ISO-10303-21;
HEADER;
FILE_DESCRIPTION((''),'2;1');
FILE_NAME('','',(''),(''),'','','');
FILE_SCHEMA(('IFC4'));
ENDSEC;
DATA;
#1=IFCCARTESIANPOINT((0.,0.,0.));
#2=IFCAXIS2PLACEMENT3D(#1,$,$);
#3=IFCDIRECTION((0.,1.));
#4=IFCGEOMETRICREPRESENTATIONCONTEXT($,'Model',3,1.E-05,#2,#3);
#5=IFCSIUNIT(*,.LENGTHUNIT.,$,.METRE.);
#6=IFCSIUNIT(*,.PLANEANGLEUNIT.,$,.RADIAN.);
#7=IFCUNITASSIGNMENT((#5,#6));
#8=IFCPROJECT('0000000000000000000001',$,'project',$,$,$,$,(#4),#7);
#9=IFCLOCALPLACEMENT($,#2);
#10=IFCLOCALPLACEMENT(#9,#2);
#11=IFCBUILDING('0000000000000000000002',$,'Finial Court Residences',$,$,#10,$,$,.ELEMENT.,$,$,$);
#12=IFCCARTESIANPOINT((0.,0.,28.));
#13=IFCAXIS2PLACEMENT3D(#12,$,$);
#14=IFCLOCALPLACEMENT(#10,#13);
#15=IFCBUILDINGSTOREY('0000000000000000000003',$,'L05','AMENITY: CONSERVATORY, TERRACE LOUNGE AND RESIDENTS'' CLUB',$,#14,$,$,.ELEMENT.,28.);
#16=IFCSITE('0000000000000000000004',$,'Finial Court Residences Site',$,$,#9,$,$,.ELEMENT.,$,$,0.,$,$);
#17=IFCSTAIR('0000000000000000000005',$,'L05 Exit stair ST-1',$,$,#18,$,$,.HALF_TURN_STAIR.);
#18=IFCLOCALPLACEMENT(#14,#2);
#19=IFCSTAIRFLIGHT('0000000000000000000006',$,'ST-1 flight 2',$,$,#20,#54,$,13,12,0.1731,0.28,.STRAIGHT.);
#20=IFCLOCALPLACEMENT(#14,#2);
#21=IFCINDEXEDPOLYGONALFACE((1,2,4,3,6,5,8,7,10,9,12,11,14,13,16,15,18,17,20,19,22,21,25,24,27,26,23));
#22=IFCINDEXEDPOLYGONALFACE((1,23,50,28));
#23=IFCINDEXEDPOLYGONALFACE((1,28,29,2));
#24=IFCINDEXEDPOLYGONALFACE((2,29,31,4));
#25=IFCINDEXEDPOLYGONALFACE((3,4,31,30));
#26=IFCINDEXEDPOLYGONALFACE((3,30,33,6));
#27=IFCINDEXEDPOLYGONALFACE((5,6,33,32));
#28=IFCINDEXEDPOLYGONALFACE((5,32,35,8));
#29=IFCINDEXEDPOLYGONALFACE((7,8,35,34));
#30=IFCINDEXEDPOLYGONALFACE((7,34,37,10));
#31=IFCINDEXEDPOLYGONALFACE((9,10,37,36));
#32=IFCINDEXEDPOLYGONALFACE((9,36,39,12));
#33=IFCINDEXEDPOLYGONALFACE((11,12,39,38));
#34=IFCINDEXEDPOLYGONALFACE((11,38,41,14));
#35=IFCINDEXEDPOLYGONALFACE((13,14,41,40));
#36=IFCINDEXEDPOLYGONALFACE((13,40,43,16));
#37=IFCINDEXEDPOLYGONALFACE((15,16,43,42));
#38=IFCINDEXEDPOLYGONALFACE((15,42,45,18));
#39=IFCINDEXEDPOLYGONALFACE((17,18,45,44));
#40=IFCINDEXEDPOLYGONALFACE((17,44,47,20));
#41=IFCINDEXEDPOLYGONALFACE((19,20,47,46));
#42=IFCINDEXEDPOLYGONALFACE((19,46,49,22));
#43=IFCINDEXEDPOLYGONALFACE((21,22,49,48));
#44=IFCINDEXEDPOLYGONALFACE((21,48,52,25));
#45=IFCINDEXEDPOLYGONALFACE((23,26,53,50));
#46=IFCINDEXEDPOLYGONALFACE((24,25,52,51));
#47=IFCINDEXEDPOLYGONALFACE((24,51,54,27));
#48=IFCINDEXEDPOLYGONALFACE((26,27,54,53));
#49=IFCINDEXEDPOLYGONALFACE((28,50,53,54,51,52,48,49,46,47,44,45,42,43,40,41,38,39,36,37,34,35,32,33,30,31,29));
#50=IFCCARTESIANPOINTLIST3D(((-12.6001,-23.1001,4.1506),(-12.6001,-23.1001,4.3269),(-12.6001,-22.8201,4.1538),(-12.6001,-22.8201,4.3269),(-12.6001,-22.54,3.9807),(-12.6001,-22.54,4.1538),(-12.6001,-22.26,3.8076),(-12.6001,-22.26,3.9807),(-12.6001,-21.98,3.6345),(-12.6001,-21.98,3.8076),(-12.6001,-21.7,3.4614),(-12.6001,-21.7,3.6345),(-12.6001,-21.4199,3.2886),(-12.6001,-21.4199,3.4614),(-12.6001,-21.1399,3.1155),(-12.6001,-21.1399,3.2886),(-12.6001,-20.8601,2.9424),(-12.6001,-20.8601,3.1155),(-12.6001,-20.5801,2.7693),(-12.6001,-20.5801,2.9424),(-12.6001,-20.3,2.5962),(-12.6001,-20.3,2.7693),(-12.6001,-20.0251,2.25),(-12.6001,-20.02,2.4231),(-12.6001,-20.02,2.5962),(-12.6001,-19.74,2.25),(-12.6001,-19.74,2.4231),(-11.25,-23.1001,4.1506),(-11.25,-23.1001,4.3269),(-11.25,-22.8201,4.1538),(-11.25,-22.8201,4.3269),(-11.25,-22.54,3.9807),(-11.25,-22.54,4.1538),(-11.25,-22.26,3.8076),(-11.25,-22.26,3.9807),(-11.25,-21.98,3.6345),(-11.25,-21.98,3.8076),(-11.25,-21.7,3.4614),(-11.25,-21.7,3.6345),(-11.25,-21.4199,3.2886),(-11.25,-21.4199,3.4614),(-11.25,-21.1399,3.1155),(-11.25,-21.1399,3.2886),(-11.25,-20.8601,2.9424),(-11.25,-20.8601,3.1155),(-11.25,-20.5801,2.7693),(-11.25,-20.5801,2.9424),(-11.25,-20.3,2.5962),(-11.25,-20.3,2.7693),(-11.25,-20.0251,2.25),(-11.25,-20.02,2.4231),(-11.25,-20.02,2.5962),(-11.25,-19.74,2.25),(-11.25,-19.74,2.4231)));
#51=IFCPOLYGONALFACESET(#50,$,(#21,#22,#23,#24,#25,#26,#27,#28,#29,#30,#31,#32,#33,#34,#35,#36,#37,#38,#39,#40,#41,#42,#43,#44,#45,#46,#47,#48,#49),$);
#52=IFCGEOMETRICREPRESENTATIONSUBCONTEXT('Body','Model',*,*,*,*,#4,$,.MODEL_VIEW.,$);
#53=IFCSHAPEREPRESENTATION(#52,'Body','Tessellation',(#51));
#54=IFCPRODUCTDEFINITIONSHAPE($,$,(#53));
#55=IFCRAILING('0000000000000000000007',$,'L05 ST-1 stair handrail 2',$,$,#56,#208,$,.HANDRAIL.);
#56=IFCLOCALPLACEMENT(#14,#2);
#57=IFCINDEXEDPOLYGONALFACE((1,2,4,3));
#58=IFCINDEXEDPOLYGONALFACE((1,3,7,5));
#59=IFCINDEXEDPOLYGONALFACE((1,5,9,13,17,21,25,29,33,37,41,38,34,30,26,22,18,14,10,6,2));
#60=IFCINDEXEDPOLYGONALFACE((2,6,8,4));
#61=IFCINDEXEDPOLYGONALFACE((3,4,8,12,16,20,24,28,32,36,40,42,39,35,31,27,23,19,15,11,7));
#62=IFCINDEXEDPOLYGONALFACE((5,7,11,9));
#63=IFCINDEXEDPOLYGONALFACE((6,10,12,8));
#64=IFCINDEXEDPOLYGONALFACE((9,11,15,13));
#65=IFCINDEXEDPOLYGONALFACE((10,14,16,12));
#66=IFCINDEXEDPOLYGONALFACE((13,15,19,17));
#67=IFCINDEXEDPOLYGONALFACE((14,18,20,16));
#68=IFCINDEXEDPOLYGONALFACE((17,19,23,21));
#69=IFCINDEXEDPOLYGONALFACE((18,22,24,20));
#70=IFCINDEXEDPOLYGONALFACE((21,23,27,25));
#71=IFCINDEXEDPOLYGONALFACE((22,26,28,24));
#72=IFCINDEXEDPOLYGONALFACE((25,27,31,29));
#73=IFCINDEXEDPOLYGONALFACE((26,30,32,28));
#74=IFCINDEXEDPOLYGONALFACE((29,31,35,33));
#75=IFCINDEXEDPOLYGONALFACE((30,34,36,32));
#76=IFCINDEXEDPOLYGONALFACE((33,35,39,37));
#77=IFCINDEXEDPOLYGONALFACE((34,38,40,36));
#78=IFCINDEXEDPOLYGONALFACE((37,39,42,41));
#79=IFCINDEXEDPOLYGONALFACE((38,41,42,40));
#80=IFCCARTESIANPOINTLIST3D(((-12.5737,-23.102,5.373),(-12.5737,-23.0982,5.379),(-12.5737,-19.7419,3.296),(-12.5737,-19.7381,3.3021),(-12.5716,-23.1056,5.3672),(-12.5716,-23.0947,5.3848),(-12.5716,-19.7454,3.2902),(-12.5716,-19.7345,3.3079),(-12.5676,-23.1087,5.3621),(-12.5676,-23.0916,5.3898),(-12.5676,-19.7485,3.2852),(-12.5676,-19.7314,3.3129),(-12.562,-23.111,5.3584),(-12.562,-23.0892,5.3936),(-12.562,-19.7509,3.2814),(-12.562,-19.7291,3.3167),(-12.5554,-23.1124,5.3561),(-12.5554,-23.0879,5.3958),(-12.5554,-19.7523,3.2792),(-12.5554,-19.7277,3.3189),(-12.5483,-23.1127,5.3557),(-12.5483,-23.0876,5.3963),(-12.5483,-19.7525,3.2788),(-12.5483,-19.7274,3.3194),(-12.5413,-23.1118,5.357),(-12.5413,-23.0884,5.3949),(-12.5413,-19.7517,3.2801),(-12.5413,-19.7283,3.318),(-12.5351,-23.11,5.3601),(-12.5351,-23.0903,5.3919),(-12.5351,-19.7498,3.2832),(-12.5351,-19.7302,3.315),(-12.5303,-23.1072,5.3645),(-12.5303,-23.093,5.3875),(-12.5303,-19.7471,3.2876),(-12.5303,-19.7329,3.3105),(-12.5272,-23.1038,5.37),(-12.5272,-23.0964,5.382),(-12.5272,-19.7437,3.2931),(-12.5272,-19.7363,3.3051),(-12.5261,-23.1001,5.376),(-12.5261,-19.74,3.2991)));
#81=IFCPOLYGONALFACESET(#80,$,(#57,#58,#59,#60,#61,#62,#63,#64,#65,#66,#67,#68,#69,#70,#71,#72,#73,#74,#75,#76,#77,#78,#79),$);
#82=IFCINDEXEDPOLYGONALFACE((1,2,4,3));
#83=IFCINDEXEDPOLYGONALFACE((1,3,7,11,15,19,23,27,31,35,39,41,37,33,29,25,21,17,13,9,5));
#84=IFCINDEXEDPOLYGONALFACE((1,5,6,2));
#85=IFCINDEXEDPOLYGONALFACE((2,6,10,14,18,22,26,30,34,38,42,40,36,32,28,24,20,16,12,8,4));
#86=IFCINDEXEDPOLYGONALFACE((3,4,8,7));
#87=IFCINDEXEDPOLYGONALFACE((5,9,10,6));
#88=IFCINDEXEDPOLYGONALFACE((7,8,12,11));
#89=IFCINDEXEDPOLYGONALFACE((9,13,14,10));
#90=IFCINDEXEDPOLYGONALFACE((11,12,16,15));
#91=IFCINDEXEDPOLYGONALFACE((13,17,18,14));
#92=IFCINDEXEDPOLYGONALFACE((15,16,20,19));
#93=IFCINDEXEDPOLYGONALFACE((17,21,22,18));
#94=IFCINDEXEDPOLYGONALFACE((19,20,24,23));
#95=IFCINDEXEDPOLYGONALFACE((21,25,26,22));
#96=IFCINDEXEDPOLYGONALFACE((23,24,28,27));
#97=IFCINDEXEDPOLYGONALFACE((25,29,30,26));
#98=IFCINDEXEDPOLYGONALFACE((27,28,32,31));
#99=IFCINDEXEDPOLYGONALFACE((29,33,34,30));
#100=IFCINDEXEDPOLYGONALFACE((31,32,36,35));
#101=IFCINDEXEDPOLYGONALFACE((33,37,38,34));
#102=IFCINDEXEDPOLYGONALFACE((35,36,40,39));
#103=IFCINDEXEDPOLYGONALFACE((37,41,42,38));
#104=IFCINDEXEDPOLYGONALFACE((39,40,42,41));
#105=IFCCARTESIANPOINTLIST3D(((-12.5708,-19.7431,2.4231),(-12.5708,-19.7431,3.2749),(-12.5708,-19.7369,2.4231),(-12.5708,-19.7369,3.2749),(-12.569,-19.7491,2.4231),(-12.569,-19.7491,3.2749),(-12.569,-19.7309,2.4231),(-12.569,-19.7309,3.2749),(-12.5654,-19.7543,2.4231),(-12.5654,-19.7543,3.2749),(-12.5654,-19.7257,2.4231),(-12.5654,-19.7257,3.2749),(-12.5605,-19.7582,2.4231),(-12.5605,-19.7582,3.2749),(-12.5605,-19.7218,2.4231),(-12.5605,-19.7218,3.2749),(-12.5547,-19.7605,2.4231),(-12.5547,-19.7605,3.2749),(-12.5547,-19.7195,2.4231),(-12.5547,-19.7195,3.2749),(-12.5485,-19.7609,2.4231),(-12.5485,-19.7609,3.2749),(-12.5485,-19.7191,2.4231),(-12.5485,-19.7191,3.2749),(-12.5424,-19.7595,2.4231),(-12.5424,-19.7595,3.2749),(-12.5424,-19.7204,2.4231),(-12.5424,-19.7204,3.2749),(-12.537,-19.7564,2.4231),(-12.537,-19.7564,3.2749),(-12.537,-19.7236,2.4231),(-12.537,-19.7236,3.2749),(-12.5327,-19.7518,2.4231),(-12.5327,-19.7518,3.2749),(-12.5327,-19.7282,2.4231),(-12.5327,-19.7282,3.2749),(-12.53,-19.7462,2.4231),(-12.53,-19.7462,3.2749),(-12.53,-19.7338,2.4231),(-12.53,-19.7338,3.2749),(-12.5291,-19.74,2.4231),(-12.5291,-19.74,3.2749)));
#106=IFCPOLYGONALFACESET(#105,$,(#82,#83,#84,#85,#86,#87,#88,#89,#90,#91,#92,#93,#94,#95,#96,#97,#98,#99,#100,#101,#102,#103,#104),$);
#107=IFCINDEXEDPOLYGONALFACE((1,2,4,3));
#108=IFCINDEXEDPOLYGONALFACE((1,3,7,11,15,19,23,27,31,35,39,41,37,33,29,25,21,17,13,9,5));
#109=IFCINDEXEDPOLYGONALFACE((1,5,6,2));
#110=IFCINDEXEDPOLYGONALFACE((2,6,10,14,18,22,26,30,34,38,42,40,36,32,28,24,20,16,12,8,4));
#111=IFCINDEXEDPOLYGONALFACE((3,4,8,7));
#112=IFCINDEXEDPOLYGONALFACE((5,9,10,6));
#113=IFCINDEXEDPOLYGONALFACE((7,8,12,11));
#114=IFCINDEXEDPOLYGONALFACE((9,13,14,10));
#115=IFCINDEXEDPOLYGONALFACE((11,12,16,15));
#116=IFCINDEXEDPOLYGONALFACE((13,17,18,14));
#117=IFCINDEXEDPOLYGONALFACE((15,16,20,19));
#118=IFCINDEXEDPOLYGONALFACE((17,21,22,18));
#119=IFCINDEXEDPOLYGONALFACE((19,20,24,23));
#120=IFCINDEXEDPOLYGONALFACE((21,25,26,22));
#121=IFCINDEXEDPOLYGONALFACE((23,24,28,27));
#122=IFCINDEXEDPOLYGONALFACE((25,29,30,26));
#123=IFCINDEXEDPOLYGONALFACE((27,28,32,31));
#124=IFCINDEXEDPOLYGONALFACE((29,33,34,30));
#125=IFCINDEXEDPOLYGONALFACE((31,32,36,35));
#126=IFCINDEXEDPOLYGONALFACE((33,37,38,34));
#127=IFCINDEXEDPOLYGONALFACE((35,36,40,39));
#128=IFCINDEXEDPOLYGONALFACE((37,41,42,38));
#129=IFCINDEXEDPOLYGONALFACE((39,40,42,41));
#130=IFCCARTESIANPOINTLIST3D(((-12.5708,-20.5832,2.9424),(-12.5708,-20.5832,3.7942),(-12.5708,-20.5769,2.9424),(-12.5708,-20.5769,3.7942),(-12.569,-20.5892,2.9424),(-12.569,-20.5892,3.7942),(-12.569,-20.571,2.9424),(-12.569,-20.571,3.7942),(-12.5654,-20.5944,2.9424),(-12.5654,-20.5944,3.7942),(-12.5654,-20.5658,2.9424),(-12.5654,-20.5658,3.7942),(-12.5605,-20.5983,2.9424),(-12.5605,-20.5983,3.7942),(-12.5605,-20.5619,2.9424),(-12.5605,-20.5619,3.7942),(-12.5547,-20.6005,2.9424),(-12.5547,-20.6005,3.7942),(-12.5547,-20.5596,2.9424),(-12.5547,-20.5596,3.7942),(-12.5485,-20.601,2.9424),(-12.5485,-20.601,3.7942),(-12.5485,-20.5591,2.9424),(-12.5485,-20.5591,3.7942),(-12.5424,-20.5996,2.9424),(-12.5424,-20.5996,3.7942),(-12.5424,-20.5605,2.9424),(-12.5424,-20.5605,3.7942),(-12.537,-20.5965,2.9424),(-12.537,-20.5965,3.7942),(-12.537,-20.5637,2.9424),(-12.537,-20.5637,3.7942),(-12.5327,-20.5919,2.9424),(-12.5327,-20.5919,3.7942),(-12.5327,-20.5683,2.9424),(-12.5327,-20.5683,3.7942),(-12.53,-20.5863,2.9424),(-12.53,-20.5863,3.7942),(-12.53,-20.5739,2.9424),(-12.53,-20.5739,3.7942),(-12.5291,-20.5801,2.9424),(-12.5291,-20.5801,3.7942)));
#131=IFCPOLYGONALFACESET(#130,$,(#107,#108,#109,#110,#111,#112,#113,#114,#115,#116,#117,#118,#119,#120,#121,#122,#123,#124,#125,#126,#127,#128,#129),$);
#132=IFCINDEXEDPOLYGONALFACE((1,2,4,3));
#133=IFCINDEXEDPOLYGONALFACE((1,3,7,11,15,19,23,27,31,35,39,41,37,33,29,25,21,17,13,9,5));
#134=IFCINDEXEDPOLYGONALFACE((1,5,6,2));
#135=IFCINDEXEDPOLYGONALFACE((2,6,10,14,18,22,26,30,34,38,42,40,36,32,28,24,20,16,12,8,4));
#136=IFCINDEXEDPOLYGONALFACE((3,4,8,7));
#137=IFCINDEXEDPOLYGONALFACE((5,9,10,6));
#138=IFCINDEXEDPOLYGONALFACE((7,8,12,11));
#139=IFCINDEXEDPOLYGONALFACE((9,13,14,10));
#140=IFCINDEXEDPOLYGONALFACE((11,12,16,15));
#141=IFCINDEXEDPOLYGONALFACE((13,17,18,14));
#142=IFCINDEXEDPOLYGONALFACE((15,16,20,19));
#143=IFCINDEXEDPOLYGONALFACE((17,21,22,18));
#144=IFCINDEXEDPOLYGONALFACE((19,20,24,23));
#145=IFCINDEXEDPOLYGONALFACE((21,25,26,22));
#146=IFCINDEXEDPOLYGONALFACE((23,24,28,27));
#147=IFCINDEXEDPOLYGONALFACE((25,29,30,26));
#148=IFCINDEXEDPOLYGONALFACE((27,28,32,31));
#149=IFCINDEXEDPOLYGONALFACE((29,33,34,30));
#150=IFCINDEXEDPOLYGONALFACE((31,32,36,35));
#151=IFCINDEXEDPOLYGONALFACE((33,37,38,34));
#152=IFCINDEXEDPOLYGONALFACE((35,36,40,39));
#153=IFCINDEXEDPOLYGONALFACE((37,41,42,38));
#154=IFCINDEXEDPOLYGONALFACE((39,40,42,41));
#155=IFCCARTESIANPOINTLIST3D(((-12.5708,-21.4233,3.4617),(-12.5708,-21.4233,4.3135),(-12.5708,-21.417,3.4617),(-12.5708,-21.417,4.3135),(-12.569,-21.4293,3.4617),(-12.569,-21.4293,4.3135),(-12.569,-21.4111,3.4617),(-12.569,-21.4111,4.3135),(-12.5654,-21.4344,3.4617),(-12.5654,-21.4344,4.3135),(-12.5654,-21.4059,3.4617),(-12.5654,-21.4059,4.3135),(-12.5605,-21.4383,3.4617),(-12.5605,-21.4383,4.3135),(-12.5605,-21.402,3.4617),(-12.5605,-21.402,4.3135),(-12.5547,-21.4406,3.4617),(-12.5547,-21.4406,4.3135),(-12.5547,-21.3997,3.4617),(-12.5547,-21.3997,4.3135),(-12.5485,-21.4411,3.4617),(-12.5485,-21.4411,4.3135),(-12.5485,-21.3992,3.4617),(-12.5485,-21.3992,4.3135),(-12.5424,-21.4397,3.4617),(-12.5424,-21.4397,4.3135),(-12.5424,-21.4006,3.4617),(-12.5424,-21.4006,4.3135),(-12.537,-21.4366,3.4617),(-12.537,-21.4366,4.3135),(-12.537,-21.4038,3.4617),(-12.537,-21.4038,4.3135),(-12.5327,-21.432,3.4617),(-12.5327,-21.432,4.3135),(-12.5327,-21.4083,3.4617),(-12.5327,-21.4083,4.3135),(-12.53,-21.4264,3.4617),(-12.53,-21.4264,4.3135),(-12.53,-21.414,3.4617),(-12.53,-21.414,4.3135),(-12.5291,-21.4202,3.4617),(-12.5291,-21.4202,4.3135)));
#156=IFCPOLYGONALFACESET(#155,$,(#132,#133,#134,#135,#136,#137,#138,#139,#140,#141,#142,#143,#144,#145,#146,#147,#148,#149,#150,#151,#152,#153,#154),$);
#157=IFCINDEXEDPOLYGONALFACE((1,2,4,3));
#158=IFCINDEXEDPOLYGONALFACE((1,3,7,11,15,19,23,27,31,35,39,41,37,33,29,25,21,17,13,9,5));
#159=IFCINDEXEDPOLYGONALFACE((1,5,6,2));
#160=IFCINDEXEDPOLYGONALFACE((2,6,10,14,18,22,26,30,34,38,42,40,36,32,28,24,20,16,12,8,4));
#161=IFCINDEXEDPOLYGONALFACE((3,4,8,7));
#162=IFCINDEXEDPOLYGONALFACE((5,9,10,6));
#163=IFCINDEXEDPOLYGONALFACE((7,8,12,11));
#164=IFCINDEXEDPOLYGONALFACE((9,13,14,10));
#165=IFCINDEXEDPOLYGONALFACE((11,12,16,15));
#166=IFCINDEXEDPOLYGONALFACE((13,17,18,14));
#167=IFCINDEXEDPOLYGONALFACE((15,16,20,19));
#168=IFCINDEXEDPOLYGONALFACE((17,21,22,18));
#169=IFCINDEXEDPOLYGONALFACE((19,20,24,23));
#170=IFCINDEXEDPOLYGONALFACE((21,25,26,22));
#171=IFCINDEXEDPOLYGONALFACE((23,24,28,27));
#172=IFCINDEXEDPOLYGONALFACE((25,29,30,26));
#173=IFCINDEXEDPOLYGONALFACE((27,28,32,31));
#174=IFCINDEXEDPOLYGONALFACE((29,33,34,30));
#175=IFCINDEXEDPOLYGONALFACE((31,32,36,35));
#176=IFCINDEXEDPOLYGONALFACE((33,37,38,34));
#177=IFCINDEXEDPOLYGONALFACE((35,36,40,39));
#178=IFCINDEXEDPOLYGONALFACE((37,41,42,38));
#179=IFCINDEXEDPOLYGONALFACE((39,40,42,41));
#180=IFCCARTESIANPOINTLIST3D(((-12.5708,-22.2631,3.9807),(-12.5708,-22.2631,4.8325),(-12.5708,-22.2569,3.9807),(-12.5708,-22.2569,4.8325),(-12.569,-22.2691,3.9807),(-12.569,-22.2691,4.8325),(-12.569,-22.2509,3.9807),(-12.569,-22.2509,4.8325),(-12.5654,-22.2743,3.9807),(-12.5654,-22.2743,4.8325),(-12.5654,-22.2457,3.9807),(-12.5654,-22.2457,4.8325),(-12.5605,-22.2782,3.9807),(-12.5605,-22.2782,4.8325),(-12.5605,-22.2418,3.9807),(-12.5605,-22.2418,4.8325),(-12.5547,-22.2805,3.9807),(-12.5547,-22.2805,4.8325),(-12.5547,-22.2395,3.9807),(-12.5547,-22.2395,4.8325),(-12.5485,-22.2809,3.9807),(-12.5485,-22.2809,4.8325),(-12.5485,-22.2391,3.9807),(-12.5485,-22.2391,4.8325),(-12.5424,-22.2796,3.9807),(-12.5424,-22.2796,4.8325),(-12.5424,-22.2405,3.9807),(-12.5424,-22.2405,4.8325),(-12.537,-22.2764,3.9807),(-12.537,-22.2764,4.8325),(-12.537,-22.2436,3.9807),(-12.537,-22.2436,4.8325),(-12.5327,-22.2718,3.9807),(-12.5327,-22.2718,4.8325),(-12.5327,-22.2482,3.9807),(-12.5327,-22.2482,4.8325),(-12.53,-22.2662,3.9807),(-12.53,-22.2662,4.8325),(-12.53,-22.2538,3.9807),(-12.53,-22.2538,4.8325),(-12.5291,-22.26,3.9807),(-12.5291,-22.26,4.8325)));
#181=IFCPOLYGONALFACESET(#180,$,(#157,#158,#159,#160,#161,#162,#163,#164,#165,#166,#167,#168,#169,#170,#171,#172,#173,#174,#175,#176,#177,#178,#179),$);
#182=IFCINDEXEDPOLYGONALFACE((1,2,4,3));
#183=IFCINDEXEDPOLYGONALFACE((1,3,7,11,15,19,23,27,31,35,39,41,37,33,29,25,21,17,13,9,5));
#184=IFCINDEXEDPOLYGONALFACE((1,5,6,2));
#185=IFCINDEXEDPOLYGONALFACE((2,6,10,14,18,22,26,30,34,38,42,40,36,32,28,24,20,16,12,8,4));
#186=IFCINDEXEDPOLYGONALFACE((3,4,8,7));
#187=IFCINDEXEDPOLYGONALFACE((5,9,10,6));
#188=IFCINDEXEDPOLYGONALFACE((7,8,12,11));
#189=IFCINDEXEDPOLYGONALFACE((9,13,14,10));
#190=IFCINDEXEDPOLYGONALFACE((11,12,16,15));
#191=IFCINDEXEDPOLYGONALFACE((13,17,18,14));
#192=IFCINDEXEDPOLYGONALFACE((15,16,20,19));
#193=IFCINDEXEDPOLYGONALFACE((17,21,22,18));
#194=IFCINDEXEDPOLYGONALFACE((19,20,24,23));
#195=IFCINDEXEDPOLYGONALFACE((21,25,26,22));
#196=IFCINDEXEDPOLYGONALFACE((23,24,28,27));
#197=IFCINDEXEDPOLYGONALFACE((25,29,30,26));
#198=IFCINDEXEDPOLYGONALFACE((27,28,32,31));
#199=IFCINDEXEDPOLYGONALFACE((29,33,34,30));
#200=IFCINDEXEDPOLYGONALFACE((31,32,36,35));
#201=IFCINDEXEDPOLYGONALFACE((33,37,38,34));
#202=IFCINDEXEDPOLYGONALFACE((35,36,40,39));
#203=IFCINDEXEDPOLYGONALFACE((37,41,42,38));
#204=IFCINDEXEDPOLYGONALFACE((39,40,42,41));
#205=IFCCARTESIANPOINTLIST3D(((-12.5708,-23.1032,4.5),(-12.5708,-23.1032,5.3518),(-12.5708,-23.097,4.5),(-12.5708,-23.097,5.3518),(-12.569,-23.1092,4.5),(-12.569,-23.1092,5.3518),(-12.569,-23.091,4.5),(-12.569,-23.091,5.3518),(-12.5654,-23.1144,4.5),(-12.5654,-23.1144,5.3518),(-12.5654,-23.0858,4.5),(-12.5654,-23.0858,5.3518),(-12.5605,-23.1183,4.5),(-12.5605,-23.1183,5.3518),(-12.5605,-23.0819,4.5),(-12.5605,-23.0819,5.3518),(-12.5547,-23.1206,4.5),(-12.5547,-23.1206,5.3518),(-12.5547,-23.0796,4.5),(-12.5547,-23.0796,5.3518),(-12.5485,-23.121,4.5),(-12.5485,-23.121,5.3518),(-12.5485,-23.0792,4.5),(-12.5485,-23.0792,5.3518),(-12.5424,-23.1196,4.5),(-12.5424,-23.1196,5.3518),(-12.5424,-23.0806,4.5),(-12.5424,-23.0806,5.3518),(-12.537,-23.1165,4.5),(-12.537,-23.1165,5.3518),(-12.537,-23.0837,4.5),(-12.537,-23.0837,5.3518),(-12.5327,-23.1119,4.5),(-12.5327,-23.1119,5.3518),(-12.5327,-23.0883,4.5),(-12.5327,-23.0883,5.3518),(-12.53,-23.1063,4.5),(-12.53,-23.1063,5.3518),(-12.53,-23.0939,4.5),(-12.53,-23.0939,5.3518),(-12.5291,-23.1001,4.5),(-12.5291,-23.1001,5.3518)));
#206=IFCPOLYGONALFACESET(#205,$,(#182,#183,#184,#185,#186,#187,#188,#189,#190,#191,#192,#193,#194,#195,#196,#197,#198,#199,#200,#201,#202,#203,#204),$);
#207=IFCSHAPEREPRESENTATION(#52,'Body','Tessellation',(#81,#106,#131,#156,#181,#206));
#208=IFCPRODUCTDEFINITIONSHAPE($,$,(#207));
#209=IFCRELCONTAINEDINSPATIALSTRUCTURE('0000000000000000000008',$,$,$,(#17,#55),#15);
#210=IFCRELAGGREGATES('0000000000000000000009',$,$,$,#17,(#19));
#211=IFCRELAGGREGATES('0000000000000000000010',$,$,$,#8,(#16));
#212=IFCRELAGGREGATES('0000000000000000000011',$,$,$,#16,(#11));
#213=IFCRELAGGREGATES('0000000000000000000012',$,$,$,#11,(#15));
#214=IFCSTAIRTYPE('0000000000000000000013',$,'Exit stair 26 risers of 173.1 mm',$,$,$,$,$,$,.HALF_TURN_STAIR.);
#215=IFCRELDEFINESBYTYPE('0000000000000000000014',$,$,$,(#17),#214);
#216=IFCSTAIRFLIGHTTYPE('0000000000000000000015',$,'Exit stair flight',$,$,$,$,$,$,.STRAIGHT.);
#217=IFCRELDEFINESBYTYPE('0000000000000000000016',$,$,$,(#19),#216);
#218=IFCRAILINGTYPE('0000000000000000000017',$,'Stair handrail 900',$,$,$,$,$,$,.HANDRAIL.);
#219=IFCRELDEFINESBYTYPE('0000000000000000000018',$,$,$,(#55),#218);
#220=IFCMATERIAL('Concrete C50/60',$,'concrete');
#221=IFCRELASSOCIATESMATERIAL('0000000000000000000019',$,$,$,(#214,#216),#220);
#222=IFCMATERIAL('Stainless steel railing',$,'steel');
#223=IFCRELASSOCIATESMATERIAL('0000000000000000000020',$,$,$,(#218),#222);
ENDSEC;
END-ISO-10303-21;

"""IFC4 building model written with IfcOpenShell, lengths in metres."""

from ifc_helpers import new_model, si_unit, direction, frame, origin, origin_2d, place, context, subcontext, project, spatial, polyline, circle, outline, extrude, material, type_object, element, aggregate, save


model = new_model("IFC4")

# Units and contexts
model_context = context("Model", 3, precision=1e-05, world=origin(), true_north=direction((0.0, 1.0)))
body_context = subcontext(model_context, "Body", "Model", "MODEL_VIEW")
ifc_project = project(units=[si_unit("LENGTHUNIT", "METRE"), si_unit("PLANEANGLEUNIT", "RADIAN")], contexts=[model_context])

# Site, building, storey
site_placement = place(None, origin())
site = spatial("IfcSite", under=ifc_project, at=site_placement, Name="Finial Court Residences Site", CompositionType="ELEMENT", RefElevation=0.0)
building_placement = place(site_placement, origin())
building = spatial("IfcBuilding", under=site, at=building_placement, Name="Finial Court Residences", CompositionType="ELEMENT")
storey_placement = place(building_placement, frame((0.0, 0.0, 28.0)))
storey = spatial("IfcBuildingStorey", under=building, at=storey_placement, Name="L05", Description="AMENITY: CONSERVATORY, TERRACE LOUNGE AND RESIDENTS' CLUB", CompositionType="ELEMENT", Elevation=28.0)

# Stair, stair flight
ifc_material_1 = material(Name="Concrete C50/60", Category="concrete")
stair_type = type_object("IfcStairType", Name="Exit stair 26 risers of 173.1 mm", PredefinedType="HALF_TURN_STAIR", material=ifc_material_1)
stair_placement = place(storey_placement, origin())
stair = element("IfcStair", 1, at=stair_placement, inside=storey, type_object=stair_type, Name="L05 Exit stair ST-1", PredefinedType="HALF_TURN_STAIR")
stair_flight_type = type_object("IfcStairFlightType", Name="Exit stair flight", PredefinedType="STRAIGHT", material=ifc_material_1)
stair_flight_placement = place(storey_placement, frame((-11.925, -19.74, 2.25), z_axis=(0.0, 0.0, 1.0), x_axis=(0.0, -1.0, 0.0)))
stair_flight = element("IfcStairFlight", 2, at=stair_flight_placement, type_object=stair_flight_type, Name="ST-1 flight 2", NumberOfRisers=13, NumberOfTreads=12, PredefinedType="STRAIGHT", RiserHeight=0.1731, TreadLength=0.28, context=body_context, shape_type="SweptSolid", body=[
    extrude(outline(polyline([(0.0, 0.0), (0.0, 0.1731), (0.28, 0.1731), (0.28, 0.3462), (0.5601, 0.3462), (0.5601, 0.5193), (0.8401, 0.5193), (0.8401, 0.6924), (1.1201, 0.6924), (1.1201, 0.8655), (1.3999, 0.8655), (1.3999, 1.0386), (1.6799, 1.0386), (1.6799, 1.2114), (1.96, 1.2114), (1.96, 1.3845), (2.24, 1.3845), (2.24, 1.5576), (2.52, 1.5576), (2.52, 1.7307), (2.8, 1.7307), (2.8, 1.9038), (3.0801, 1.9038), (3.0801, 2.0769), (3.3601, 2.0769), (3.3601, 2.25), (3.3601, 1.9006), (0.2852, 0.0), (0.0, 0.0)])), frame((0.0, 0.675, 0.0), z_axis=(0.0, -1.0, 0.0), x_axis=(1.0, 0.0, 0.0)), (0.0, 0.0, 1.0), 1.3501),
])
aggregate(stair, [stair_flight])

# Railing
ifc_material_2 = material(Name="Stainless steel railing", Category="steel")
railing_type = type_object("IfcRailingType", Name="Stair handrail 900", PredefinedType="HANDRAIL", material=ifc_material_2)
railing_placement = place(storey_placement, frame((-12.55, -19.74, 2.4231)))
element("IfcRailing", 3, at=railing_placement, inside=storey, type_object=railing_type, Name="L05 ST-1 stair handrail 2", PredefinedType="HANDRAIL", context=body_context, shape_type="SweptSolid", body=[
    extrude(circle(Radius=0.0239, at=origin_2d()), frame((0.0, 0.0, 0.876), z_axis=(0.0, -0.850623, 0.525776), x_axis=(1.0, 0.0, 0.0)), (0.0, 0.0, 1.0), 3.9502),
    extrude(circle(Radius=0.021, at=origin_2d()), origin(), (0.0, 0.0, 1.0), 0.8518),
    extrude(circle(Radius=0.021, at=origin_2d()), frame((0.0, -0.8401, 0.5193)), (0.0, 0.0, 1.0), 0.8518),
    extrude(circle(Radius=0.021, at=origin_2d()), frame((0.0, -1.6802, 1.0386)), (0.0, 0.0, 1.0), 0.8518),
    extrude(circle(Radius=0.021, at=origin_2d()), frame((0.0, -2.52, 1.5576)), (0.0, 0.0, 1.0), 0.8518),
    extrude(circle(Radius=0.021, at=origin_2d()), frame((0.0, -3.3601, 2.0769)), (0.0, 0.0, 1.0), 0.8518),
])

save(model, "model.ifc")
